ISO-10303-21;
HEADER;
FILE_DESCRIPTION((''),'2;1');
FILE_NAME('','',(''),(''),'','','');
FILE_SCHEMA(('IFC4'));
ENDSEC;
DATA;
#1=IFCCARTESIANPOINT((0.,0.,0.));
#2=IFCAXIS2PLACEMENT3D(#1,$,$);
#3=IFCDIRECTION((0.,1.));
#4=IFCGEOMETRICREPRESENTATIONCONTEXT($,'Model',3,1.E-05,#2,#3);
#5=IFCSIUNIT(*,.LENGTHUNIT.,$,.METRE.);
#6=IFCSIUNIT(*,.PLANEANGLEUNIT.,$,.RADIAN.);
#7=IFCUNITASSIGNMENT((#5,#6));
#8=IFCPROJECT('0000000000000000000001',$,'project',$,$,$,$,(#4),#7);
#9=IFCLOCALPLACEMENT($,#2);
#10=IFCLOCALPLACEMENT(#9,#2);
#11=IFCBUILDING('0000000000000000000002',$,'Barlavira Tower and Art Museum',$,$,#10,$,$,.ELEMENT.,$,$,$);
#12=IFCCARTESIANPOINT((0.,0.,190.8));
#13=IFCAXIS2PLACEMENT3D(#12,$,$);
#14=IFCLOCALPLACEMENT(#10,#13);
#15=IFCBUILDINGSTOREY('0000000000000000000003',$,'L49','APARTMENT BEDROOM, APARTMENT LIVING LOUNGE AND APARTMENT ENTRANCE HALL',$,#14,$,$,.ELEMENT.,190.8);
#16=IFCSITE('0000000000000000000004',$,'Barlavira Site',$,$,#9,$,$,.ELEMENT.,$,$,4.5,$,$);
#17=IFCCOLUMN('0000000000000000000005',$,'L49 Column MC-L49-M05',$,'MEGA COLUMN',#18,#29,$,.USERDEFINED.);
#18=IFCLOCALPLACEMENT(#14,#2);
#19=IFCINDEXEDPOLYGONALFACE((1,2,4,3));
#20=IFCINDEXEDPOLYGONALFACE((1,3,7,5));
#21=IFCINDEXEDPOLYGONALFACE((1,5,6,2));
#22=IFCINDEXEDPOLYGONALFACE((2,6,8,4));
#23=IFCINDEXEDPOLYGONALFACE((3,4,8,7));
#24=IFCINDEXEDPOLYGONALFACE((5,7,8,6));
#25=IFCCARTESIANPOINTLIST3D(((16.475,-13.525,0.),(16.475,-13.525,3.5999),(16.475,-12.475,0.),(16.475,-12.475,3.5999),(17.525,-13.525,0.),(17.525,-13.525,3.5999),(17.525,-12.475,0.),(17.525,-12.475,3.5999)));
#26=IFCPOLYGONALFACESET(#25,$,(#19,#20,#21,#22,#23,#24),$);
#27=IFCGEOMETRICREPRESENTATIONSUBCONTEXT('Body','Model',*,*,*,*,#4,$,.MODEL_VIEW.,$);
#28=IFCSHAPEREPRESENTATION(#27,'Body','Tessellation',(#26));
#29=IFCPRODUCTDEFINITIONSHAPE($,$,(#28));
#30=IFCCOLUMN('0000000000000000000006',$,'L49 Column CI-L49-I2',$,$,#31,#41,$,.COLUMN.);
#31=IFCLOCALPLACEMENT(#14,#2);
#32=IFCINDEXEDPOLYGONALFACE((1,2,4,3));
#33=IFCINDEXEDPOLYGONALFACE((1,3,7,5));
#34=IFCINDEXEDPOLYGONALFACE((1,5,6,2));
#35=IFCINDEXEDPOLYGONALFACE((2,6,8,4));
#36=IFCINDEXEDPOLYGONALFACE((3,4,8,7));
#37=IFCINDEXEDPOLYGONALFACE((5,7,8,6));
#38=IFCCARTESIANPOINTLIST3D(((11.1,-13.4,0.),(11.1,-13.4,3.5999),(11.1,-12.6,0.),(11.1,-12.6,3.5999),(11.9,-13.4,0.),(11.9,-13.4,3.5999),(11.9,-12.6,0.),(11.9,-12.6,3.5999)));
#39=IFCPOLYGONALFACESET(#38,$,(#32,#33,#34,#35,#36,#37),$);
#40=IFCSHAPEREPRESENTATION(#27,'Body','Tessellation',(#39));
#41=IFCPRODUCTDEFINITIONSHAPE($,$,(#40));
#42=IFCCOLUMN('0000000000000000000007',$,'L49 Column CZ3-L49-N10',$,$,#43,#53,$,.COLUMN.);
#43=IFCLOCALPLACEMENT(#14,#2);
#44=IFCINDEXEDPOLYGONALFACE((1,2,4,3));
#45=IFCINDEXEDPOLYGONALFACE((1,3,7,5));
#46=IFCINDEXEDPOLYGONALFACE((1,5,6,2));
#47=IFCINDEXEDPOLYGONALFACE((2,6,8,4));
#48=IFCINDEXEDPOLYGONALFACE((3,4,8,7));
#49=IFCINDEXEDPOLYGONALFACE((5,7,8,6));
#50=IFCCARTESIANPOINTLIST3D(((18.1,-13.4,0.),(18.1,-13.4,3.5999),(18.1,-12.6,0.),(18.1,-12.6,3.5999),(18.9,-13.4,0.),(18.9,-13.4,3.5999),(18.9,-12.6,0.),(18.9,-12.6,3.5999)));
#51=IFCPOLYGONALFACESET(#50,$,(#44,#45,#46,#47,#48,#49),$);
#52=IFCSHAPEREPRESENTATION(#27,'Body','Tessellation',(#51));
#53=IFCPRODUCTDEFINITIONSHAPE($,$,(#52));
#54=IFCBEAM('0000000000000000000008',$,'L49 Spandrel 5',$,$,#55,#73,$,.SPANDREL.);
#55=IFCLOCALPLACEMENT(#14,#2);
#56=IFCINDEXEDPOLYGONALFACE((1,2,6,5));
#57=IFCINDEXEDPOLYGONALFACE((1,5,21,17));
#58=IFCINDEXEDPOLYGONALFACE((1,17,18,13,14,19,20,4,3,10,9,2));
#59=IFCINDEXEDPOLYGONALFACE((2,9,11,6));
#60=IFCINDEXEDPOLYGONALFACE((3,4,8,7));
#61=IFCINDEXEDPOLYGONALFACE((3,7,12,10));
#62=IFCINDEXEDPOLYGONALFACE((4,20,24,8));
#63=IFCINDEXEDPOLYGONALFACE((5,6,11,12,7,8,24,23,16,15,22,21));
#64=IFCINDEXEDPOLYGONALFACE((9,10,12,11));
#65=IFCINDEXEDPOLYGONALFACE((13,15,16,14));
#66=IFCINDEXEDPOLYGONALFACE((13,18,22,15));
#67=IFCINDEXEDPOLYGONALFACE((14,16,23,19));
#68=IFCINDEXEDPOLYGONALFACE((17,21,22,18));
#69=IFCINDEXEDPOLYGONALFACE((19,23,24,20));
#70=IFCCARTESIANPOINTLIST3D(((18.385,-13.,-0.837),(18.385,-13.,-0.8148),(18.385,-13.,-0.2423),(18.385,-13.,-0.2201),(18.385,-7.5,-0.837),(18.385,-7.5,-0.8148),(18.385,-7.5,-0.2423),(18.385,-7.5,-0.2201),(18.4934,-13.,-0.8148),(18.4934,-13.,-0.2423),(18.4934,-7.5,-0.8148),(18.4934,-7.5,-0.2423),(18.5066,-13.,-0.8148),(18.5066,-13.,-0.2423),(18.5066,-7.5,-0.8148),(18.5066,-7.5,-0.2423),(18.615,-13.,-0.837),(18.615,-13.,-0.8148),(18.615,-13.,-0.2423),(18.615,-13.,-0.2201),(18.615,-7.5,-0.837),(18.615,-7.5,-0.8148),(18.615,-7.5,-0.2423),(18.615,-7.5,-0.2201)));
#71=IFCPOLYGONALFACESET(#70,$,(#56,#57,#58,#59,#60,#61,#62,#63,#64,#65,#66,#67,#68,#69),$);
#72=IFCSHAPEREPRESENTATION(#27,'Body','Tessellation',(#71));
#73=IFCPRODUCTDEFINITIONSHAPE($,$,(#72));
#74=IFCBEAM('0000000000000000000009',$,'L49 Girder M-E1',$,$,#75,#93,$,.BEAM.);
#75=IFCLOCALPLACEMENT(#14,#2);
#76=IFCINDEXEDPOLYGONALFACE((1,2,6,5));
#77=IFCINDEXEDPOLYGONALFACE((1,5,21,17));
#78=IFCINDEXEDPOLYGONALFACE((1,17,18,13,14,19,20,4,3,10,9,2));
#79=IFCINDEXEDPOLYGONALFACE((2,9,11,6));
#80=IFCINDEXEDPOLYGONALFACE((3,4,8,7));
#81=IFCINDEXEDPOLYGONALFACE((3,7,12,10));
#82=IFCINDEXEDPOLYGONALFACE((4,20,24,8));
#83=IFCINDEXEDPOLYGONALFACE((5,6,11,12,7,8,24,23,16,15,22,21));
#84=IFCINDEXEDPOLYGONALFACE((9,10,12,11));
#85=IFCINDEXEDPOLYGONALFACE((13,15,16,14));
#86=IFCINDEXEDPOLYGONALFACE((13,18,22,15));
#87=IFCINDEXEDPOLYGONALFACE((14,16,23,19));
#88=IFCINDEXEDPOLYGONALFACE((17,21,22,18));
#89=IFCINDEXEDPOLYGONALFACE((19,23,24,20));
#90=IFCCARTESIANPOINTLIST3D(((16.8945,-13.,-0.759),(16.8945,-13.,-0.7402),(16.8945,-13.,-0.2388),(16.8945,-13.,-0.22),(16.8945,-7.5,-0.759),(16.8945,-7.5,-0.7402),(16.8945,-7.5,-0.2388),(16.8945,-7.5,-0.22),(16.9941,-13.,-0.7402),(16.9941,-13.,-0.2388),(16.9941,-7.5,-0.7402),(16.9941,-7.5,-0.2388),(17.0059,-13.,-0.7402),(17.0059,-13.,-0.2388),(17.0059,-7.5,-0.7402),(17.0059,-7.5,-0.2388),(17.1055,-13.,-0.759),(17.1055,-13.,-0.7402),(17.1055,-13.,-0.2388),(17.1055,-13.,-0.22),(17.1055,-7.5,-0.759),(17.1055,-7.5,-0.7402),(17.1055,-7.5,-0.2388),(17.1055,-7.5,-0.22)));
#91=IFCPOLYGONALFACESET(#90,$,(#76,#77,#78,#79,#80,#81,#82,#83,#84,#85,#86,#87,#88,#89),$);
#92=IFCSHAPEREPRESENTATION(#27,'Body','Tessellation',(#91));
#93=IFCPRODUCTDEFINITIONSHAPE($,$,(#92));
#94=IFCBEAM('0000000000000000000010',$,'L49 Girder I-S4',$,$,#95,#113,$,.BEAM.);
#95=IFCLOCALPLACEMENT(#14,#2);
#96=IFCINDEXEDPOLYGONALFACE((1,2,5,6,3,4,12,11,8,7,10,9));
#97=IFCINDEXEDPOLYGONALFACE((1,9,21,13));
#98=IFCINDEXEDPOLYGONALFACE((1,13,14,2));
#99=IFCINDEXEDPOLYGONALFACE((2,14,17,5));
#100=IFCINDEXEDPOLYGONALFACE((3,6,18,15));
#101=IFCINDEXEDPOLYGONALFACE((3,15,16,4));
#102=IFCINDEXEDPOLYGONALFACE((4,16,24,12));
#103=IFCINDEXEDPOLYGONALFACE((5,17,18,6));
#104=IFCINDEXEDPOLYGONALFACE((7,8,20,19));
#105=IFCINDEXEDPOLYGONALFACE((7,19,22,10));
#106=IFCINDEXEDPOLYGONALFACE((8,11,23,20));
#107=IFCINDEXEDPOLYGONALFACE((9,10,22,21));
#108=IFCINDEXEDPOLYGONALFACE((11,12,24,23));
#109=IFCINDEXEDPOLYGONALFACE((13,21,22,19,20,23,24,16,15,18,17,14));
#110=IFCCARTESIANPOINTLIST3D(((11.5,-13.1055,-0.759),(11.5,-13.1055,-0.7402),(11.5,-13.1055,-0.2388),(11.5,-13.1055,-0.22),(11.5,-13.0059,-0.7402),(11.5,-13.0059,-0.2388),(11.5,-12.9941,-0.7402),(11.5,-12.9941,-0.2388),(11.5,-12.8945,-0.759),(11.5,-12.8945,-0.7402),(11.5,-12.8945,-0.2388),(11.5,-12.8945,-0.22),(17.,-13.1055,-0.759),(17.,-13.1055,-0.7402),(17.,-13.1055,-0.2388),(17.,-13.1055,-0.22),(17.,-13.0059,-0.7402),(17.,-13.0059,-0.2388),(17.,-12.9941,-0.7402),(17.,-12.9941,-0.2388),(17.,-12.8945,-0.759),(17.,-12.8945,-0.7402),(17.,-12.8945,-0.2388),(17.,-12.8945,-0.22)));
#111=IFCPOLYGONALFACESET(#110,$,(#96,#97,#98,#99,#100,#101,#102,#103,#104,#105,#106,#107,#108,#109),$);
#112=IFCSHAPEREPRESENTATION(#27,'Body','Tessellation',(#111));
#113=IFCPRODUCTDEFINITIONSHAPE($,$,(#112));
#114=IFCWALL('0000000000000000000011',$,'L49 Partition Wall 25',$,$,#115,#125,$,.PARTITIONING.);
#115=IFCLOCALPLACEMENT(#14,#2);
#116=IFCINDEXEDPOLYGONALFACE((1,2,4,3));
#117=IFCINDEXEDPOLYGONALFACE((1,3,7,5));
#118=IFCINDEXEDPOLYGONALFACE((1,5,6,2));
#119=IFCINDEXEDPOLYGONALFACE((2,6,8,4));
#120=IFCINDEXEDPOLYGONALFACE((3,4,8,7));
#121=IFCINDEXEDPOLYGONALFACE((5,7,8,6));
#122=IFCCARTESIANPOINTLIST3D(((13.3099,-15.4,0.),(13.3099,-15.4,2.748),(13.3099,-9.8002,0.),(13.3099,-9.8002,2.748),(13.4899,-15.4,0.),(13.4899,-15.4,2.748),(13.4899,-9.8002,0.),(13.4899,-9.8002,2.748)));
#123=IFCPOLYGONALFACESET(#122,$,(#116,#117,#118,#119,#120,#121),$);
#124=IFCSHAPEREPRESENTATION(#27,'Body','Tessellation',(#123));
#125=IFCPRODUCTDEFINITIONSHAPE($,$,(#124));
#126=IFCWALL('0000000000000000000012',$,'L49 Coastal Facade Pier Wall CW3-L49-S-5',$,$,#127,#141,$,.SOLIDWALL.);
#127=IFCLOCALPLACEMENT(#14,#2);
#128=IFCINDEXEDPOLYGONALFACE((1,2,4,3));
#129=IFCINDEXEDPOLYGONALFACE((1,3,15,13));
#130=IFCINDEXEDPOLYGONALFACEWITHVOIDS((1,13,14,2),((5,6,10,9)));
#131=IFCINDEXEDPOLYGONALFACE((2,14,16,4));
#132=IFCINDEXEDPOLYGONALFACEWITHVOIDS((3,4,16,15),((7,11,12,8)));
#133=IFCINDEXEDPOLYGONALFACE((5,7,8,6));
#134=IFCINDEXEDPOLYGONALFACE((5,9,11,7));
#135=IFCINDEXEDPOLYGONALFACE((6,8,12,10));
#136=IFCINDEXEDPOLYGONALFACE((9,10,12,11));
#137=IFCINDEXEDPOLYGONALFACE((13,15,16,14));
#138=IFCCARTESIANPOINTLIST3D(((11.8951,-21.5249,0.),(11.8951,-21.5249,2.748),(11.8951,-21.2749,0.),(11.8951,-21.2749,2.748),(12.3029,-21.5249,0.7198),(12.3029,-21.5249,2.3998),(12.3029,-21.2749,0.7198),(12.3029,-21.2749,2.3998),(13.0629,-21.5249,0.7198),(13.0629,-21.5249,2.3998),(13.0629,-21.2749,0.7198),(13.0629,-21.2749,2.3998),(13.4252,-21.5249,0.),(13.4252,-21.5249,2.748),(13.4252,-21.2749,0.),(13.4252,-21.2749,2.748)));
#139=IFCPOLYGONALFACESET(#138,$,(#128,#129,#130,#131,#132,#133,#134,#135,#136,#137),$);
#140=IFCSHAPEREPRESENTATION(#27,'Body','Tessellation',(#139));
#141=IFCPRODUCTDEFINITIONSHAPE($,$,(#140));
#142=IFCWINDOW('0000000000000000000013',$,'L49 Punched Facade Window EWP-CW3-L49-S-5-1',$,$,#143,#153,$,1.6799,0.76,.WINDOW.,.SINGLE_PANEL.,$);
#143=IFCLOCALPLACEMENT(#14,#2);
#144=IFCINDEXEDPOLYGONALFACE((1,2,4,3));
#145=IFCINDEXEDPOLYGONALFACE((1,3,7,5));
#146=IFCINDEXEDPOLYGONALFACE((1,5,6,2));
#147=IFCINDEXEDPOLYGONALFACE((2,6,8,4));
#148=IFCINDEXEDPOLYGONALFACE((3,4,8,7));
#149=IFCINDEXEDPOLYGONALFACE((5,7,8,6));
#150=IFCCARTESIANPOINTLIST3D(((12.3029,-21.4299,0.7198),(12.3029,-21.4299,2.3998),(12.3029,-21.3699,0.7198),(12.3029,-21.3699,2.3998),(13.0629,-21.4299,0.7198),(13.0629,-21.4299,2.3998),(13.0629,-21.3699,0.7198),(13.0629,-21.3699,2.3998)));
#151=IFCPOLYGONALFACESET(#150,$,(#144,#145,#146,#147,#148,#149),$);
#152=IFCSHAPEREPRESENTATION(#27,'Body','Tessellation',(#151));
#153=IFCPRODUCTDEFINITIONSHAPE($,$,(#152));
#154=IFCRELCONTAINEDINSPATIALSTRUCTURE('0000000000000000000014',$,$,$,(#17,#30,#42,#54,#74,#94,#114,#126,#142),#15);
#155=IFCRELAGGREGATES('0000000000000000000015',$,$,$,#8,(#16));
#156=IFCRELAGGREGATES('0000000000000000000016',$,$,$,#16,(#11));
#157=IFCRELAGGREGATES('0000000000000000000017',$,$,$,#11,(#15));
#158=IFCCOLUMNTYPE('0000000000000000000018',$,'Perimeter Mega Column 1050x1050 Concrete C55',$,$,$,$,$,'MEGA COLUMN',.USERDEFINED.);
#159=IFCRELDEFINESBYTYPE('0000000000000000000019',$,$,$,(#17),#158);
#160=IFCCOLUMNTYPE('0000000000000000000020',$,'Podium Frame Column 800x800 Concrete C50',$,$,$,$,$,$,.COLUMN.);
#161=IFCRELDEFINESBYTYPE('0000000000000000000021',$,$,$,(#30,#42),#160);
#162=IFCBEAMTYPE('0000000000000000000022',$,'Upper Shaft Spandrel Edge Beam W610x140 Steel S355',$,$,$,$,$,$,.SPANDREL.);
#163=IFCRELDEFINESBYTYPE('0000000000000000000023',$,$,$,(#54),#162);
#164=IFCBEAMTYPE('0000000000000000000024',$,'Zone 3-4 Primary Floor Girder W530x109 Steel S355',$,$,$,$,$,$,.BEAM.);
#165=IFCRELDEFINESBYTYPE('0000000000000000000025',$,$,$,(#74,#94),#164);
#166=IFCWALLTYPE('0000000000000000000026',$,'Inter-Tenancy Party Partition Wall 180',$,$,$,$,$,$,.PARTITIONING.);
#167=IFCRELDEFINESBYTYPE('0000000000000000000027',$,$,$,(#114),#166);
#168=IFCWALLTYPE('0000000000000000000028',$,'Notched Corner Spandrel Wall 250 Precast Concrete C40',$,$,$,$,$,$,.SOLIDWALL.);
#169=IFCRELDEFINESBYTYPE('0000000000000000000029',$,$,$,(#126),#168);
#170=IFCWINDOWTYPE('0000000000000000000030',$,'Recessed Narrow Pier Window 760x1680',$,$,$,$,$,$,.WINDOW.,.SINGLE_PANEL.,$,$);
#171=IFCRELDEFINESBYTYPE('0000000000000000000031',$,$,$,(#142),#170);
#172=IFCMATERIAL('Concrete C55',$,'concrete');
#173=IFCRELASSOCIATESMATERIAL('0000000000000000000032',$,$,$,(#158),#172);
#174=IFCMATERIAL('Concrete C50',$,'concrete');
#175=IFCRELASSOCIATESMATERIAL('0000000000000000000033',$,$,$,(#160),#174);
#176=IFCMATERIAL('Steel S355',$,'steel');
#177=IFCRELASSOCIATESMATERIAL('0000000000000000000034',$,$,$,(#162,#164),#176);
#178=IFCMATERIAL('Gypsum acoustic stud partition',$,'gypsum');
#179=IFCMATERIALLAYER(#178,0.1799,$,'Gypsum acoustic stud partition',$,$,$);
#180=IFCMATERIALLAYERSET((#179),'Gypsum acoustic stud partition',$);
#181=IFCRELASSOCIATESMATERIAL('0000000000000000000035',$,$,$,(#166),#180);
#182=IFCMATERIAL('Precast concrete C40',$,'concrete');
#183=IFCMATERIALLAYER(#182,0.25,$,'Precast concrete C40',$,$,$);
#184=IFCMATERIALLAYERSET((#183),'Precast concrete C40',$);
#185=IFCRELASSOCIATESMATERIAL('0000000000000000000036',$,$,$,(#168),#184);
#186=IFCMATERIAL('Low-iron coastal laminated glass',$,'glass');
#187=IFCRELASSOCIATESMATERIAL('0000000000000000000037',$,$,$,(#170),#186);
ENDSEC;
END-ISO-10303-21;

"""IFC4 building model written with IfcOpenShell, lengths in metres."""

from ifc_helpers import new_model, si_unit, direction, frame, frame_2d, origin, origin_2d, place, context, subcontext, project, spatial, rectangle, i_section, extrude, material, layer, layer_set, material_profile, profile_set, type_object, element, fill, save


model = new_model("IFC4")

# Units and contexts
model_context = context("Model", 3, precision=1e-05, world=origin(), true_north=direction((0.0, 1.0)))
body_context = subcontext(model_context, "Body", "Model", "MODEL_VIEW")
ifc_project = project(units=[si_unit("LENGTHUNIT", "METRE"), si_unit("PLANEANGLEUNIT", "RADIAN")], contexts=[model_context])

# Site, building, storey
site_placement = place(None, origin())
site = spatial("IfcSite", under=ifc_project, at=site_placement, Name="Barlavira Site", CompositionType="ELEMENT", RefElevation=4.5)
building_placement = place(site_placement, origin())
building = spatial("IfcBuilding", under=site, at=building_placement, Name="Barlavira Tower and Art Museum", CompositionType="ELEMENT")
storey_placement = place(building_placement, frame((0.0, 0.0, 190.8)))
storey = spatial("IfcBuildingStorey", under=building, at=storey_placement, Name="L49", Description="APARTMENT BEDROOM, APARTMENT LIVING LOUNGE AND APARTMENT ENTRANCE HALL", CompositionType="ELEMENT", Elevation=190.8)

# Columns
ifc_material_1 = material(Name="Concrete C55", Category="concrete")
ifc_material_profile_1 = material_profile(ifc_material_1, rectangle(XDim=1.05, YDim=1.05, at=origin_2d()), Name="RC-COL 1050x1050")
ifc_profile_set_1 = profile_set([ifc_material_profile_1], Name="Concrete C55")
column_type_1 = type_object("IfcColumnType", Name="Perimeter Mega Column 1050x1050 Concrete C55", ElementType="MEGA COLUMN", PredefinedType="USERDEFINED", material=ifc_profile_set_1)
column_placement = place(storey_placement, frame((17.0, -13.0, 0.0), z_axis=(0.0, 0.0, 1.0), x_axis=(1.0, 0.0, 0.0)))
element("IfcColumn", 1, at=column_placement, inside=storey, type_object=column_type_1, Name="L49 Column MC-L49-M05", ObjectType="MEGA COLUMN", PredefinedType="USERDEFINED", context=body_context, shape_type="SweptSolid", body=[
    extrude(rectangle(XDim=1.05, YDim=1.05, at=origin_2d()), origin(), (0.0, 0.0, 1.0), 3.5999),
])
ifc_material_2 = material(Name="Concrete C50", Category="concrete")
ifc_material_profile_2 = material_profile(ifc_material_2, rectangle(XDim=0.8, YDim=0.8, at=origin_2d()), Name="RC-COL 800x800")
ifc_profile_set_2 = profile_set([ifc_material_profile_2], Name="Concrete C50")
column_type_2 = type_object("IfcColumnType", Name="Podium Frame Column 800x800 Concrete C50", PredefinedType="COLUMN", material=ifc_profile_set_2)
for number, where, z_axis, x_axis, name in (
    (2, (11.5, -13.0, 0.0), (0.0, 0.0, 1.0), (1.0, 0.0, 0.0), "L49 Column CI-L49-I2"),
    (3, (18.5, -13.0, 0.0), (0.0, 0.0, 1.0), (1.0, 0.0, 0.0), "L49 Column CZ3-L49-N10"),
):
    element("IfcColumn", number, at=place(storey_placement, frame(where, z_axis=z_axis, x_axis=x_axis)), inside=storey, type_object=column_type_2, Name=name, PredefinedType="COLUMN", context=body_context, shape_type="SweptSolid", body=[
        extrude(rectangle(XDim=0.8, YDim=0.8, at=origin_2d()), origin(), (0.0, 0.0, 1.0), 3.5999),
    ])

# Beams
ifc_material_3 = material(Name="Steel S355", Category="steel")
ifc_material_profile_3 = material_profile(ifc_material_3, i_section(OverallWidth=0.23, OverallDepth=0.6169, WebThickness=0.0132, FlangeThickness=0.0222, at=origin_2d()), Name="W610x140.0")
ifc_profile_set_3 = profile_set([ifc_material_profile_3], Name="Steel S355")
beam_type_1 = type_object("IfcBeamType", Name="Upper Shaft Spandrel Edge Beam W610x140 Steel S355", PredefinedType="SPANDREL", material=ifc_profile_set_3)
beam_placement = place(storey_placement, frame((18.5, -13.0, -0.5286), z_axis=(0.0, 1.0, 0.0), x_axis=(-1.0, 0.0, 0.0)))
element("IfcBeam", 4, at=beam_placement, inside=storey, type_object=beam_type_1, Name="L49 Spandrel 5", PredefinedType="SPANDREL", context=body_context, shape_type="SweptSolid", body=[
    extrude(i_section(OverallWidth=0.23, OverallDepth=0.6169, WebThickness=0.0132, FlangeThickness=0.0222, at=origin_2d()), origin(), (0.0, 0.0, 1.0), 5.5),
])
ifc_material_profile_4 = material_profile(ifc_material_3, i_section(OverallWidth=0.2109, OverallDepth=0.5391, WebThickness=0.0117, FlangeThickness=0.0188, at=origin_2d()), Name="W530x109.0")
ifc_profile_set_4 = profile_set([ifc_material_profile_4], Name="Steel S355")
beam_type_2 = type_object("IfcBeamType", Name="Zone 3-4 Primary Floor Girder W530x109 Steel S355", PredefinedType="BEAM", material=ifc_profile_set_4)
for number, where, z_axis, x_axis, name in (
    (5, (17.0, -13.0, -0.4895), (0.0, 1.0, 0.0), (-1.0, 0.0, 0.0), "L49 Girder M-E1"),
    (6, (11.5, -13.0, -0.4895), (1.0, 0.0, 0.0), (0.0, 1.0, 0.0), "L49 Girder I-S4"),
):
    element("IfcBeam", number, at=place(storey_placement, frame(where, z_axis=z_axis, x_axis=x_axis)), inside=storey, type_object=beam_type_2, Name=name, PredefinedType="BEAM", context=body_context, shape_type="SweptSolid", body=[
        extrude(i_section(OverallWidth=0.2109, OverallDepth=0.5391, WebThickness=0.0117, FlangeThickness=0.0188, at=origin_2d()), origin(), (0.0, 0.0, 1.0), 5.5),
    ])

# Wall
ifc_material_4 = material(Name="Gypsum acoustic stud partition", Category="gypsum")
ifc_layer_1 = layer(ifc_material_4, 0.1799, Name="Gypsum acoustic stud partition")
ifc_layer_set_1 = layer_set([ifc_layer_1], Name="Gypsum acoustic stud partition")
wall_type_1 = type_object("IfcWallType", Name="Inter-Tenancy Party Partition Wall 180", PredefinedType="PARTITIONING", material=ifc_layer_set_1)
wall_1_placement = place(storey_placement, frame((13.3999, -15.3999, 0.0), z_axis=(0.0, 0.0, 1.0), x_axis=(0.0, 1.0, 0.0)))
element("IfcWall", 7, at=wall_1_placement, inside=storey, type_object=wall_type_1, Name="L49 Partition Wall 25", PredefinedType="PARTITIONING", context=body_context, shape_type="SweptSolid", body=[
    extrude(rectangle(XDim=5.5999, YDim=0.1799, at=frame_2d((2.7998, 0.0))), origin(), (0.0, 0.0, 1.0), 2.748),
])

# Wall, opening, window
ifc_material_5 = material(Name="Precast concrete C40", Category="concrete")
ifc_layer_2 = layer(ifc_material_5, 0.25, Name="Precast concrete C40")
ifc_layer_set_2 = layer_set([ifc_layer_2], Name="Precast concrete C40")
wall_type_2 = type_object("IfcWallType", Name="Notched Corner Spandrel Wall 250 Precast Concrete C40", PredefinedType="SOLIDWALL", material=ifc_layer_set_2)
wall_2_placement = place(storey_placement, frame((11.895, -21.3999, 0.0), z_axis=(0.0, 0.0, 1.0), x_axis=(1.0, 0.0, 0.0)))
wall_2 = element("IfcWall", 8, at=wall_2_placement, inside=storey, type_object=wall_type_2, Name="L49 Coastal Facade Pier Wall CW3-L49-S-5", PredefinedType="SOLIDWALL", context=body_context, shape_type="SweptSolid", body=[
    extrude(rectangle(XDim=1.53, YDim=0.25, at=frame_2d((0.7651, 0.0))), origin(), (0.0, 0.0, 1.0), 2.748),
])
opening_1_placement = place(wall_2_placement, frame((0.408, 0.0, 0.72)))
opening_1 = element("IfcOpeningElement", 9, at=opening_1_placement, cuts=wall_2, PredefinedType="OPENING", context=body_context, shape_type="SweptSolid", body=[
    extrude(rectangle(XDim=0.76, YDim=1.6799, at=frame_2d((0.3799, 0.8398))), frame((0.0, 0.135, 0.0), z_axis=(0.0, -1.0, 0.0), x_axis=(1.0, 0.0, 0.0)), (0.0, 0.0, 1.0), 0.27),
])
ifc_material_6 = material(Name="Low-iron coastal laminated glass", Category="glass")
window_type_1 = type_object("IfcWindowType", Name="Recessed Narrow Pier Window 760x1680", PartitioningType="SINGLE_PANEL", PredefinedType="WINDOW", material=ifc_material_6)
window_1_placement = place(opening_1_placement, origin())
window_1 = element("IfcWindow", 10, at=window_1_placement, inside=storey, type_object=window_type_1, Name="L49 Punched Facade Window EWP-CW3-L49-S-5-1", OverallHeight=1.6799, OverallWidth=0.76, PartitioningType="SINGLE_PANEL", PredefinedType="WINDOW", context=body_context, shape_type="SweptSolid", body=[
    extrude(rectangle(XDim=0.76, YDim=1.6799, at=frame_2d((0.3799, 0.8398))), frame((0.0, 0.03, 0.0), z_axis=(0.0, -1.0, 0.0), x_axis=(1.0, 0.0, 0.0)), (0.0, 0.0, 1.0), 0.0601),
])
fill(opening_1, window_1)

save(model, "model.ifc")
